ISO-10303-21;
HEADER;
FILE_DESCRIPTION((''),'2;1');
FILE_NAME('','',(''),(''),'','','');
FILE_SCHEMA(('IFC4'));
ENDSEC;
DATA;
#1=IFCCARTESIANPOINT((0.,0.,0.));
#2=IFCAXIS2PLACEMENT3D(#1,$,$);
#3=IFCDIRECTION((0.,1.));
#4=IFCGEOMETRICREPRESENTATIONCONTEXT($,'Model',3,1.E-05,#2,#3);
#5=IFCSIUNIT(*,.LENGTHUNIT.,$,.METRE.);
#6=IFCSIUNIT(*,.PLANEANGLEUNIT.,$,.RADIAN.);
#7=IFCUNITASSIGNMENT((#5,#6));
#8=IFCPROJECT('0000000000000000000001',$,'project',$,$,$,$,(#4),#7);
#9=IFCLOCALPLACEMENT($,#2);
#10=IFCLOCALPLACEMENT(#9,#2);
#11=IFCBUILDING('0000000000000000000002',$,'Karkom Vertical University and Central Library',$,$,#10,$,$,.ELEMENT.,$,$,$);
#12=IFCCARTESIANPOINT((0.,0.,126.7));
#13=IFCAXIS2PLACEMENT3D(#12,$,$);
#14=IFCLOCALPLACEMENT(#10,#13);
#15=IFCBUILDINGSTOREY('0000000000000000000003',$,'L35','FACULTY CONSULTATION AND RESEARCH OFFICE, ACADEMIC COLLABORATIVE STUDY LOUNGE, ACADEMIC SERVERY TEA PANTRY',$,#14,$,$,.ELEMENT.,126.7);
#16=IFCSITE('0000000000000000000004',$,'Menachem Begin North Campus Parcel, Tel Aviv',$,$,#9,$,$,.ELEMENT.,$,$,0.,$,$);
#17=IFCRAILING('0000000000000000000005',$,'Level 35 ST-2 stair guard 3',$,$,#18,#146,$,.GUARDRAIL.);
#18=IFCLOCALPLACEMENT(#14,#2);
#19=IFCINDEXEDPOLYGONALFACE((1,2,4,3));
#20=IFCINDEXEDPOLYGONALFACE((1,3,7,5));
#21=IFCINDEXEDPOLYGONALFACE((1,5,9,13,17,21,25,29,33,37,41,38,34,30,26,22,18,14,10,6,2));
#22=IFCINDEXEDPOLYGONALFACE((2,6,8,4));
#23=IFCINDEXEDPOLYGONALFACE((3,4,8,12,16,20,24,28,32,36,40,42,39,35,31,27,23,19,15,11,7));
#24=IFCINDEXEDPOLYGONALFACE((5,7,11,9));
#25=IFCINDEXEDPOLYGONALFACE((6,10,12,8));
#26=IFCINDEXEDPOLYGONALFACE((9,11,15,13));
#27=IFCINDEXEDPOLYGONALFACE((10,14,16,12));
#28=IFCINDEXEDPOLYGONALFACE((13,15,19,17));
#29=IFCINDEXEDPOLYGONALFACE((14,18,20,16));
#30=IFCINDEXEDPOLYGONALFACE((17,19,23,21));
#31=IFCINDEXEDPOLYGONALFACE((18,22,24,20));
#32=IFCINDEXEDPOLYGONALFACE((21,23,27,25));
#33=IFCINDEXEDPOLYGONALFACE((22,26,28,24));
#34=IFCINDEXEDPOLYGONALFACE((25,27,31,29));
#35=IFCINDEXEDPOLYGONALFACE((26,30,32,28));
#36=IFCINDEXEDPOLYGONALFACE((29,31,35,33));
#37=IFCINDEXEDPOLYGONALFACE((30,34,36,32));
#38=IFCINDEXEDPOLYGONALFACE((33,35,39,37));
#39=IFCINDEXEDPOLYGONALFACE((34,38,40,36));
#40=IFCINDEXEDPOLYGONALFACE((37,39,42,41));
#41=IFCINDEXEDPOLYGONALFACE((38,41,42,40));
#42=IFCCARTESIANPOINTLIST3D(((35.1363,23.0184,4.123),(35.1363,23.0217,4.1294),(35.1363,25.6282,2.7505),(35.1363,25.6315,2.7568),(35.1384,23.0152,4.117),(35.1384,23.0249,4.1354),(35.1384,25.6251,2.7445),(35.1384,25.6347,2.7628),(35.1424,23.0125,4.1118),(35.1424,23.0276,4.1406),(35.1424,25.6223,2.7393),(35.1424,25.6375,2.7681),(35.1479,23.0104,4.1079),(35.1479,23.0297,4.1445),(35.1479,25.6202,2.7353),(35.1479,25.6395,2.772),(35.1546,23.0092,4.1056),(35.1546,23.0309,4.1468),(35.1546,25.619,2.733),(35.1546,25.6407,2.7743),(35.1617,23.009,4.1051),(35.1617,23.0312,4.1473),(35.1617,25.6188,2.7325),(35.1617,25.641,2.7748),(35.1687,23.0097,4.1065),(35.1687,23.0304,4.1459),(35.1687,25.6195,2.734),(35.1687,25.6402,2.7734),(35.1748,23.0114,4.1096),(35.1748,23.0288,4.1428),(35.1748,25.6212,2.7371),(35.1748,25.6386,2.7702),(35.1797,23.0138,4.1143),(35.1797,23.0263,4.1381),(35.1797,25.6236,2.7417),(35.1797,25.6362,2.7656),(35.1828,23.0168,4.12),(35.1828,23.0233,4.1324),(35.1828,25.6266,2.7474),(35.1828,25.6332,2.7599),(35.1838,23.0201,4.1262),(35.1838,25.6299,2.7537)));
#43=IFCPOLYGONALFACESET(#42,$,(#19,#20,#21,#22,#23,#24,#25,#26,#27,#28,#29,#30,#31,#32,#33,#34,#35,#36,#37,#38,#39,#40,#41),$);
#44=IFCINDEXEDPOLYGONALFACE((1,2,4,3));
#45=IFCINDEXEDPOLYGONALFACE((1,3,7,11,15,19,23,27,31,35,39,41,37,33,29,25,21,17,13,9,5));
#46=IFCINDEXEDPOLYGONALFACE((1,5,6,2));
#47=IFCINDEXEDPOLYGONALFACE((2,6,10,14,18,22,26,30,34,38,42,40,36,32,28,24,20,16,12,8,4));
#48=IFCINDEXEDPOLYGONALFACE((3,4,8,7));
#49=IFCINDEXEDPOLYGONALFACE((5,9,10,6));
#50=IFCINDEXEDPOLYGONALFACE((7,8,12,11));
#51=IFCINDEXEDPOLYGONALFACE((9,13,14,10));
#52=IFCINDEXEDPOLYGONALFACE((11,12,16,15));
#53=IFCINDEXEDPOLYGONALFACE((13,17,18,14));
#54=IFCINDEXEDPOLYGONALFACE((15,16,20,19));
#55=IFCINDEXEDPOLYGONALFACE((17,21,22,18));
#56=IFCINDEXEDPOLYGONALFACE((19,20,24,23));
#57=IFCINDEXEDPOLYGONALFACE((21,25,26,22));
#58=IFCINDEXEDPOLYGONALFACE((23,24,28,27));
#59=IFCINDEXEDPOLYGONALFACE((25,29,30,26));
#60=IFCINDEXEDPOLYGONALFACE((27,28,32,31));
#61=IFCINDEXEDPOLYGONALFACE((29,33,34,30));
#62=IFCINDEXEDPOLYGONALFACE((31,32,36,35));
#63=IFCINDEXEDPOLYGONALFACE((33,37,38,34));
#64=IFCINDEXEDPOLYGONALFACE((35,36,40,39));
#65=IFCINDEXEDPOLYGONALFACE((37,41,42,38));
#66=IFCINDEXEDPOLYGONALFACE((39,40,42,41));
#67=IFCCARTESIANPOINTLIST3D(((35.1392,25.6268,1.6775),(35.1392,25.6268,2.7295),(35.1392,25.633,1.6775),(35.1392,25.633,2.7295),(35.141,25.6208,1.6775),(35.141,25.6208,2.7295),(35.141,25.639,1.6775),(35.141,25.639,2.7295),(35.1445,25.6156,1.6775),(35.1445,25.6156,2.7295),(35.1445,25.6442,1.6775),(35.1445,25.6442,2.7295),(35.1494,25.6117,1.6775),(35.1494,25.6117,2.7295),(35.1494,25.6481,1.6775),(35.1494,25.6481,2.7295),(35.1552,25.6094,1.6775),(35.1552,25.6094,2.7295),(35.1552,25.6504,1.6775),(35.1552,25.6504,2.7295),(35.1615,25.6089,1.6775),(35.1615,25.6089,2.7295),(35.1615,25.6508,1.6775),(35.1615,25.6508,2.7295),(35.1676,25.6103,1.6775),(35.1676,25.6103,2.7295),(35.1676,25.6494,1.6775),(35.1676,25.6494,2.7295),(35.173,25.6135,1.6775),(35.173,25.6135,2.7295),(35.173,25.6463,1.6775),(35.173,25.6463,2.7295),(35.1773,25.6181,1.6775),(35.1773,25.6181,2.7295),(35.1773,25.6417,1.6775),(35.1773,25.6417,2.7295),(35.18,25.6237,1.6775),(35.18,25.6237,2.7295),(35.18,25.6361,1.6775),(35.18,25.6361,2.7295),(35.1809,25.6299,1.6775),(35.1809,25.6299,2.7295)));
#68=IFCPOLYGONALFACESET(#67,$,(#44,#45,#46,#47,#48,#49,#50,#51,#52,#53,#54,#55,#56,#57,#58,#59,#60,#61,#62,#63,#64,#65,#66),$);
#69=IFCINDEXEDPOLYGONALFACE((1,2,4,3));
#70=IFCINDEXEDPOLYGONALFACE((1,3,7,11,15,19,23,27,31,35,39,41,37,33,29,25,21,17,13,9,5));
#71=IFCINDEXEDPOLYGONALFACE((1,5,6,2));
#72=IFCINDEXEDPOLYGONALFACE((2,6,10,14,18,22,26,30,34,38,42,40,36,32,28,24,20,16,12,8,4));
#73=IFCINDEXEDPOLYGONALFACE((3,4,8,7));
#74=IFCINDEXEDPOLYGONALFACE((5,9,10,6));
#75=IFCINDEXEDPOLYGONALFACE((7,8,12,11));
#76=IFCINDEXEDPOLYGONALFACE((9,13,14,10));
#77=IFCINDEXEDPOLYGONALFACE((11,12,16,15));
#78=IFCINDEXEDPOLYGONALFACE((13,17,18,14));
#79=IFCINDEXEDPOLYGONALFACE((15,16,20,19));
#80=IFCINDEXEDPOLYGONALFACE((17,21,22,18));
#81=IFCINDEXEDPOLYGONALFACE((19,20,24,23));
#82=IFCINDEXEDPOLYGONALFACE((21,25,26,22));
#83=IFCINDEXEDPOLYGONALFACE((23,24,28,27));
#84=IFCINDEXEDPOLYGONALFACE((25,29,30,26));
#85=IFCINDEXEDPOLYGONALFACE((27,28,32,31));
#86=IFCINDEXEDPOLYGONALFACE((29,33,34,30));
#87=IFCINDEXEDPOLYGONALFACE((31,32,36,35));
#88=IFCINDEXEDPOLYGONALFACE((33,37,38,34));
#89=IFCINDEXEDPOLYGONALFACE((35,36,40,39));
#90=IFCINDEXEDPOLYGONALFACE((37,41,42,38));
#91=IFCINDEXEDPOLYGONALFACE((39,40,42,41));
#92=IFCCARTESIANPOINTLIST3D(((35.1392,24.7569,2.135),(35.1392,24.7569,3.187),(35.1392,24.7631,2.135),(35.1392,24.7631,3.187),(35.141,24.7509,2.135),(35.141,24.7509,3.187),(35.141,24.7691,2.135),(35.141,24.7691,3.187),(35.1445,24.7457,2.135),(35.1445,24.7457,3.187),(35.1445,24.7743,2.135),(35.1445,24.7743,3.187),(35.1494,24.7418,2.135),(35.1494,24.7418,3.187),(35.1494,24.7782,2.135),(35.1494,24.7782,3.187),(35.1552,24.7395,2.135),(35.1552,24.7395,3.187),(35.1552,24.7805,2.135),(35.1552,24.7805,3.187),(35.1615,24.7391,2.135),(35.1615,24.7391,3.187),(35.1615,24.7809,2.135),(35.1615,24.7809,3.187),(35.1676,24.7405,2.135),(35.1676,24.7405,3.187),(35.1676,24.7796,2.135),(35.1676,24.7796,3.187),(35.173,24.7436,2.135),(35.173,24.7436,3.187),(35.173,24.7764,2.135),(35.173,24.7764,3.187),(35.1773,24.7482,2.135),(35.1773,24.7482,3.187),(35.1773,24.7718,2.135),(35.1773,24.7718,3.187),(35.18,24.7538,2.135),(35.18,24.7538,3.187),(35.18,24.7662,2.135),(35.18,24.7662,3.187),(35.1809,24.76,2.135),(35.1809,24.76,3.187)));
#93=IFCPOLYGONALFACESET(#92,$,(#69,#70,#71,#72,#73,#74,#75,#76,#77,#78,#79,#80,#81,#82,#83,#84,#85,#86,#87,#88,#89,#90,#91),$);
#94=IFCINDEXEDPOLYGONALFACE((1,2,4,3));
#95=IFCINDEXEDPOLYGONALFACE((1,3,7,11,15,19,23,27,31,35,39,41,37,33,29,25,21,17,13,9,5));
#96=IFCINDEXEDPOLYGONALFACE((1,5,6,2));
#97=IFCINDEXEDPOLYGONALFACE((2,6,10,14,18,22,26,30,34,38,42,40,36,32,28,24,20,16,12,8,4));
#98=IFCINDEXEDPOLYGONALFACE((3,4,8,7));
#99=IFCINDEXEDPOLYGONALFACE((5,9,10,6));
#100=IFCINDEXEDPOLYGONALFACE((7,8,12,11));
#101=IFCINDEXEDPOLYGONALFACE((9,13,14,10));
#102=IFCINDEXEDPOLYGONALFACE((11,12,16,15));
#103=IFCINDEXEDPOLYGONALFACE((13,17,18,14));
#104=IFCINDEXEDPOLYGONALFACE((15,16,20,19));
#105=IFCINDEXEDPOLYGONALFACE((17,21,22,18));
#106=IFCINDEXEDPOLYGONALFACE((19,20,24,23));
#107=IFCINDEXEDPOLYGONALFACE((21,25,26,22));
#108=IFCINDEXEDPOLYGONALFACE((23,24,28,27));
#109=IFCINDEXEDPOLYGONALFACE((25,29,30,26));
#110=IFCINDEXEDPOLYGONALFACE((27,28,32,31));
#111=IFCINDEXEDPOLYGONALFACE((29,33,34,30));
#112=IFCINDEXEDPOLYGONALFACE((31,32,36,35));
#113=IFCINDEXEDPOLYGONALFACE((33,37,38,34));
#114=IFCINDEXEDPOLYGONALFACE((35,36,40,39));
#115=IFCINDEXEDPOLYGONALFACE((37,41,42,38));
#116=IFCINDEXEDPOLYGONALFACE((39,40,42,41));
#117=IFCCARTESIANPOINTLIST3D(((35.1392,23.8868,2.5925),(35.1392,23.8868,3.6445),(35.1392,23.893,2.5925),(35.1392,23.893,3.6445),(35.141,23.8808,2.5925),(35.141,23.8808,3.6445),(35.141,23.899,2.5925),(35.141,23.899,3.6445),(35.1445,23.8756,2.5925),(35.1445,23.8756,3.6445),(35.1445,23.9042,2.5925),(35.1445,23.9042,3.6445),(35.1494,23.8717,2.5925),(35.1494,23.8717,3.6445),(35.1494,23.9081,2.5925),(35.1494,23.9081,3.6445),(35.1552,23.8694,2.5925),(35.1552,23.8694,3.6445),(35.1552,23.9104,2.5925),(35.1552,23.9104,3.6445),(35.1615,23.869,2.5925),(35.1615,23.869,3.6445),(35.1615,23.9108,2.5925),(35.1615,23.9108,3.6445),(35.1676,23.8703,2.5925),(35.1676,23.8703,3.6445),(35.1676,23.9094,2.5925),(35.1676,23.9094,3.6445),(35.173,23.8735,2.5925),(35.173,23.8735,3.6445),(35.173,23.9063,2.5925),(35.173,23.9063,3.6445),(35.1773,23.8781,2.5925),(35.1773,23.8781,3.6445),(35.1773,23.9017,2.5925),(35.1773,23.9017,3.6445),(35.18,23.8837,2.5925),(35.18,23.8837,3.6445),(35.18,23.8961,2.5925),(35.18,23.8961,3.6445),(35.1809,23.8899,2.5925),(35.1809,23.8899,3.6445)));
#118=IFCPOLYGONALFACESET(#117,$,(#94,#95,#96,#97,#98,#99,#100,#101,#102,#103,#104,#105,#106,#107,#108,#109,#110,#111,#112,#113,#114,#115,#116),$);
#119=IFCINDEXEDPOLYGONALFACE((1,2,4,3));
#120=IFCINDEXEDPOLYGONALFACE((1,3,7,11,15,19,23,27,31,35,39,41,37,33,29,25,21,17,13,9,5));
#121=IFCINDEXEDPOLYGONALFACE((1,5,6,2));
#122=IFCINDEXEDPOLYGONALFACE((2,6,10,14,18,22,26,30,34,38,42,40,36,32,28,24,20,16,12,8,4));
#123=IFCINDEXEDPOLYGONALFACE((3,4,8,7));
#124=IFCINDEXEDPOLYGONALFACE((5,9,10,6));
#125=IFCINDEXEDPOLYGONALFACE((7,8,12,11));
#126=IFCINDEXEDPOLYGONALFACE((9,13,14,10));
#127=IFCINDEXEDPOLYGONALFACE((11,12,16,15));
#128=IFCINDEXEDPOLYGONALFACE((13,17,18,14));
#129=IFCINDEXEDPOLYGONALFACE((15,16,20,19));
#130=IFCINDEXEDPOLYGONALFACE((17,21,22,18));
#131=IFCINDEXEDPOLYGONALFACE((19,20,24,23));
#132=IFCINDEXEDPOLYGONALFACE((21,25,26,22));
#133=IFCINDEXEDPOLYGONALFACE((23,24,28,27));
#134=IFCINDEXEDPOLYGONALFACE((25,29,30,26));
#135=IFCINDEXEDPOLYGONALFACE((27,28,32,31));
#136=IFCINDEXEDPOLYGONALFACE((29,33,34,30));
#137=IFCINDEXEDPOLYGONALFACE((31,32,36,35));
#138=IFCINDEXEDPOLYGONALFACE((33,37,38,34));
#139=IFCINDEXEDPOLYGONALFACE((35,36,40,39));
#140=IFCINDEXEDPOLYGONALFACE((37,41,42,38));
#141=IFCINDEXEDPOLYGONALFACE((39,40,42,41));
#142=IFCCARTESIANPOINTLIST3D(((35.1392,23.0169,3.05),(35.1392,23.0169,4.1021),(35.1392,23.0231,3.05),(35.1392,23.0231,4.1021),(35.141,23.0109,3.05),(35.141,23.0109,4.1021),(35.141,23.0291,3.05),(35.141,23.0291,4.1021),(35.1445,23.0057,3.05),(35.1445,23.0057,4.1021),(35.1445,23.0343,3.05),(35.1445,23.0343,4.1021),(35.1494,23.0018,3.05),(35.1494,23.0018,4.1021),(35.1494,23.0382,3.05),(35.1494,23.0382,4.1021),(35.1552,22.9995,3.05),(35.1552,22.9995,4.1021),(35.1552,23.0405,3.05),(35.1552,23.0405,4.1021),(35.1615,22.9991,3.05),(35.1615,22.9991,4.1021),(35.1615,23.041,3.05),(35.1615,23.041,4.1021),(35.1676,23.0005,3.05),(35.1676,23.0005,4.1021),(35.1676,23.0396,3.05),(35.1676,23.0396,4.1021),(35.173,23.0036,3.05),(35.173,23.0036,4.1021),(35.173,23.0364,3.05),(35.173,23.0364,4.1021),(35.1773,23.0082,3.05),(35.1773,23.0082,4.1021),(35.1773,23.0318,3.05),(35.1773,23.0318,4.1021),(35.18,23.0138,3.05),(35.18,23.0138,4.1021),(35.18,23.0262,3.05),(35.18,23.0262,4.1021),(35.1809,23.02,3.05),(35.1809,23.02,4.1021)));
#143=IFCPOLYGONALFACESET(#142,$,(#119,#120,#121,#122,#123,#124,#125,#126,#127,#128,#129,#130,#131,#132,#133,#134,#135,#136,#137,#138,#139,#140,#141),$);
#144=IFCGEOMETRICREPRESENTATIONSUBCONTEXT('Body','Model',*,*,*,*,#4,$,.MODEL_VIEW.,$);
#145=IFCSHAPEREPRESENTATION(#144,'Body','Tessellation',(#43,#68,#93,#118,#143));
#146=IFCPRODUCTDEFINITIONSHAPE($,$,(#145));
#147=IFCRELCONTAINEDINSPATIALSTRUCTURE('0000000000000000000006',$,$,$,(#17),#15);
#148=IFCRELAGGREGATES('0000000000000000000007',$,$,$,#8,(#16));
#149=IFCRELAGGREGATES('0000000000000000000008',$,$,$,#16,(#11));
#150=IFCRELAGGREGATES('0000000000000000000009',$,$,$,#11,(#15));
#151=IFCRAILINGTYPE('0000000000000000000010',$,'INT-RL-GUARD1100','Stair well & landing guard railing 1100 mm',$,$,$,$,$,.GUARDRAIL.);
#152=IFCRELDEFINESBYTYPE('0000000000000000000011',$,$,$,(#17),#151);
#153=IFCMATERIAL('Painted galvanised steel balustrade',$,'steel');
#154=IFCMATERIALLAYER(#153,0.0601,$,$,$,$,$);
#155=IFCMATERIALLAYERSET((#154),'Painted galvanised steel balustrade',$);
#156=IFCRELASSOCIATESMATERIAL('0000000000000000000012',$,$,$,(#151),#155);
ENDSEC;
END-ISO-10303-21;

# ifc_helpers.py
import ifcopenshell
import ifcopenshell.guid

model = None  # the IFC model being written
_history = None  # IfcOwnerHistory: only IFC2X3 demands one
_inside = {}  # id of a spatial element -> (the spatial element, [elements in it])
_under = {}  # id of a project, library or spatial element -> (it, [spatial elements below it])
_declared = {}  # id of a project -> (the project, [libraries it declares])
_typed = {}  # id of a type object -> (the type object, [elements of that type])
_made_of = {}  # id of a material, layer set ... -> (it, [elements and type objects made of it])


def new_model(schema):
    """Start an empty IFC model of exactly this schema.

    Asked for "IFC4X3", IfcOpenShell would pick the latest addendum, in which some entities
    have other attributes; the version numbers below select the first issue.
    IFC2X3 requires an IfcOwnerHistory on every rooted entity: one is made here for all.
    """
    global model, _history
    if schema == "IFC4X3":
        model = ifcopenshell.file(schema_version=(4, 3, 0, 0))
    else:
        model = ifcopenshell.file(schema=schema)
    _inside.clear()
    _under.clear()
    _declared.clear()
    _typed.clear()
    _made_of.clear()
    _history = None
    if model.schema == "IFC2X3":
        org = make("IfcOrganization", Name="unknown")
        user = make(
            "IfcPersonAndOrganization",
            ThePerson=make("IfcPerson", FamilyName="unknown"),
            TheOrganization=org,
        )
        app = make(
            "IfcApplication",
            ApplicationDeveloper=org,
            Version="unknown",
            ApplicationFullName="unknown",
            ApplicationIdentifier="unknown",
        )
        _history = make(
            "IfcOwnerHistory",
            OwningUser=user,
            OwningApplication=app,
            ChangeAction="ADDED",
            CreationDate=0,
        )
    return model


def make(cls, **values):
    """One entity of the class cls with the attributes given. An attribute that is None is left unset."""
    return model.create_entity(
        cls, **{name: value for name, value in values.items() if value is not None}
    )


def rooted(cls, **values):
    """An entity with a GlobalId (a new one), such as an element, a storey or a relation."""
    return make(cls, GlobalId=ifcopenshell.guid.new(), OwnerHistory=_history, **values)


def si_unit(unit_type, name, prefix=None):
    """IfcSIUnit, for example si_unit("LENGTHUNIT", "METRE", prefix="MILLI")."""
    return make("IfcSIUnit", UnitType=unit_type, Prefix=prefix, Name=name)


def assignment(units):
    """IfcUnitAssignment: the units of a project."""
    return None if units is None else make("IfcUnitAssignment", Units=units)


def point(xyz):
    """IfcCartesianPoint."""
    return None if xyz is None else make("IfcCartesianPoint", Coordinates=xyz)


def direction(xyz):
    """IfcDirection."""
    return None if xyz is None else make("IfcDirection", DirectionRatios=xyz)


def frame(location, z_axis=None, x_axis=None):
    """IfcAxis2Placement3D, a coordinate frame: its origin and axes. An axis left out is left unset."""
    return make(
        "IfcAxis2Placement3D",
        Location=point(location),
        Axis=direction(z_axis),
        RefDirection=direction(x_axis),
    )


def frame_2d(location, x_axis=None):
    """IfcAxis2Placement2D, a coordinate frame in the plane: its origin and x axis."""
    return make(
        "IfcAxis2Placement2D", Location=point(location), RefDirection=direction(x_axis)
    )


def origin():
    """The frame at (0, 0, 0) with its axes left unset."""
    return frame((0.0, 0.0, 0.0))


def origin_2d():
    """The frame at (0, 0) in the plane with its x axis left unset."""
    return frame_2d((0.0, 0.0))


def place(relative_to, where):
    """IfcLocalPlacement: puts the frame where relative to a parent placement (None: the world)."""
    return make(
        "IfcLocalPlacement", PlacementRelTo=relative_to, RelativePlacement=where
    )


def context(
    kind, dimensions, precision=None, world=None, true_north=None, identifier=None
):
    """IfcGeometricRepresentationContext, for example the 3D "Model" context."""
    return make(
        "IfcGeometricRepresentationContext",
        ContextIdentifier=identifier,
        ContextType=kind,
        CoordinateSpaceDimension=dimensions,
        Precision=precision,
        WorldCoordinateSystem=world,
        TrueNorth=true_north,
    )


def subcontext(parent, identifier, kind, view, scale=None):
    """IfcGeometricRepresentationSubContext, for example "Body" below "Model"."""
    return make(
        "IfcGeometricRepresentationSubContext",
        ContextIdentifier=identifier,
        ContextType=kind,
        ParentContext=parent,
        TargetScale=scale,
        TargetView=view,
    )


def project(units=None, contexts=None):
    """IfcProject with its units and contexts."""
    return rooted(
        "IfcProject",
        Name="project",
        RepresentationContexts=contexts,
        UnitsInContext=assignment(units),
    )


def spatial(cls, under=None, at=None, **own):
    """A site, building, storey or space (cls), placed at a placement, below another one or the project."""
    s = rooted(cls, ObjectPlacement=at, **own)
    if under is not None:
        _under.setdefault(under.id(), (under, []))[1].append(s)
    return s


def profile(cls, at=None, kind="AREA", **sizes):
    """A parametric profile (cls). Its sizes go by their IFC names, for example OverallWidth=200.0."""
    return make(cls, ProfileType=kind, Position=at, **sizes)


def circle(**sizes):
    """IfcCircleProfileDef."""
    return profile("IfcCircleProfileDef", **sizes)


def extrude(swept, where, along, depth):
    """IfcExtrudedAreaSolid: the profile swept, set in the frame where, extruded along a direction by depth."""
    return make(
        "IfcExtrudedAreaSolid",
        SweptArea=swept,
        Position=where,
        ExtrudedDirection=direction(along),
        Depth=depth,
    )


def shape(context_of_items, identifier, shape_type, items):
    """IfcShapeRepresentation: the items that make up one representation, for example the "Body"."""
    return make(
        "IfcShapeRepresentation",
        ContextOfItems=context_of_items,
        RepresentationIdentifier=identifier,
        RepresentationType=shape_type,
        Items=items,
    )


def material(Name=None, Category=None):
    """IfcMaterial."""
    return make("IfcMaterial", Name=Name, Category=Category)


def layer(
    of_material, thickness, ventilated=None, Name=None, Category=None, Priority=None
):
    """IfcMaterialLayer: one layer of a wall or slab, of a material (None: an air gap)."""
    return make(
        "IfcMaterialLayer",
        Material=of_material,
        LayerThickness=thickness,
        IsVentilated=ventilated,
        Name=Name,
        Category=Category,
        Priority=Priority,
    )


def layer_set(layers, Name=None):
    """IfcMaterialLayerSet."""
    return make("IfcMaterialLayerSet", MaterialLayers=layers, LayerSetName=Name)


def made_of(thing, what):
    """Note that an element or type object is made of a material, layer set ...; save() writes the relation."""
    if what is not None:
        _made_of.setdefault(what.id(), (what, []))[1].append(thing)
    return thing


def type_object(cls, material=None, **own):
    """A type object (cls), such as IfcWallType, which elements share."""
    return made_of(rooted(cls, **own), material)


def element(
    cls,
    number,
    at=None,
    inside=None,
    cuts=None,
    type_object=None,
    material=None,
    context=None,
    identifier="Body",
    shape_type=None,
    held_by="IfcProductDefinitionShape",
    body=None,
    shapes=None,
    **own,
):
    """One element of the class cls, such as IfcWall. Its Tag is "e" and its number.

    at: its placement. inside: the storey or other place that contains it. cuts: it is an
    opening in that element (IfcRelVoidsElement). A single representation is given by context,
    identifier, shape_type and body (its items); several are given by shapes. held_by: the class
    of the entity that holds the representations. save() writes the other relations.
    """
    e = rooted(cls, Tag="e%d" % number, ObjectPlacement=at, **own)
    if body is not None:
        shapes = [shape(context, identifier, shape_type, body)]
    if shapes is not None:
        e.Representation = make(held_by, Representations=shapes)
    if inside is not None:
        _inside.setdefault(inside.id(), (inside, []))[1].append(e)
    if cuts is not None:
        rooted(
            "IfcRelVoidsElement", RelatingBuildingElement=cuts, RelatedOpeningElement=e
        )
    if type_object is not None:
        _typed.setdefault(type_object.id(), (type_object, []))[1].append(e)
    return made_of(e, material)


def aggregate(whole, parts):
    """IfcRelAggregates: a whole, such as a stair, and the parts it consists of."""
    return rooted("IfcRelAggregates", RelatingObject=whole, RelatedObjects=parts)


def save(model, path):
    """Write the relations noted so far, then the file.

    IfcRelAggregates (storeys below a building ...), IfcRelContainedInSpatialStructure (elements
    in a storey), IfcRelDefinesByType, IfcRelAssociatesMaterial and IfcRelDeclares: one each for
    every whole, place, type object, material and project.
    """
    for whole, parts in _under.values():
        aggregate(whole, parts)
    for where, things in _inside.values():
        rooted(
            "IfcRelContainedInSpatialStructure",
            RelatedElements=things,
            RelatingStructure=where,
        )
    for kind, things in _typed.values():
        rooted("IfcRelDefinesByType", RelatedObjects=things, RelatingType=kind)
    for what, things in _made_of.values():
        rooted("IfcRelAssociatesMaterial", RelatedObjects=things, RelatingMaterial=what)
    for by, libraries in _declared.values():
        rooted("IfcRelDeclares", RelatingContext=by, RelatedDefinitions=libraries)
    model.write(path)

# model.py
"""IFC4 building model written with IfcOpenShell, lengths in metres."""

from ifc_helpers import new_model, si_unit, direction, frame, origin, origin_2d, place, context, subcontext, project, spatial, circle, extrude, material, layer, layer_set, type_object, element, save


model = new_model("IFC4")

# Units and contexts
model_context = context("Model", 3, precision=1e-05, world=origin(), true_north=direction((0.0, 1.0)))
body_context = subcontext(model_context, "Body", "Model", "MODEL_VIEW")
ifc_project = project(units=[si_unit("LENGTHUNIT", "METRE"), si_unit("PLANEANGLEUNIT", "RADIAN")], contexts=[model_context])

# Site, building, storey
site_placement = place(None, origin())
site = spatial("IfcSite", under=ifc_project, at=site_placement, Name="Menachem Begin North Campus Parcel, Tel Aviv", CompositionType="ELEMENT", RefElevation=0.0)
building_placement = place(site_placement, origin())
building = spatial("IfcBuilding", under=site, at=building_placement, Name="Karkom Vertical University and Central Library", CompositionType="ELEMENT")
storey_placement = place(building_placement, frame((0.0, 0.0, 126.7)))
storey = spatial("IfcBuildingStorey", under=building, at=storey_placement, Name="L35", Description="FACULTY CONSULTATION AND RESEARCH OFFICE, ACADEMIC COLLABORATIVE STUDY LOUNGE, ACADEMIC SERVERY TEA PANTRY", CompositionType="ELEMENT", Elevation=126.7)

# Railing
ifc_material_1 = material(Name="Painted galvanised steel balustrade", Category="steel")
ifc_layer_1 = layer(ifc_material_1, 0.0601)
ifc_layer_set_1 = layer_set([ifc_layer_1], Name="Painted galvanised steel balustrade")
railing_type_1 = type_object("IfcRailingType", Name="INT-RL-GUARD1100", Description="Stair well & landing guard railing 1100 mm", PredefinedType="GUARDRAIL", material=ifc_layer_set_1)
railing_1_placement = place(storey_placement, frame((35.1599, 25.6299, 1.6775)))
element("IfcRailing", 1, at=railing_1_placement, inside=storey, type_object=railing_type_1, Name="Level 35 ST-2 stair guard 3", PredefinedType="GUARDRAIL", context=body_context, shape_type="SweptSolid", body=[
    extrude(circle(Radius=0.0239, at=origin_2d()), frame((0.0, 0.0, 1.0762), z_axis=(0.0, -0.885065, 0.465467), x_axis=(1.0, 0.0, 0.0)), (0.0, 0.0, 1.0), 2.9487),
    extrude(circle(Radius=0.021, at=origin_2d()), origin(), (0.0, 0.0, 1.0), 1.052),
    extrude(circle(Radius=0.021, at=origin_2d()), frame((0.0, -0.8699, 0.4575)), (0.0, 0.0, 1.0), 1.052),
    extrude(circle(Radius=0.021, at=origin_2d()), frame((0.0, -1.74, 0.915)), (0.0, 0.0, 1.0), 1.052),
    extrude(circle(Radius=0.021, at=origin_2d()), frame((0.0, -2.6099, 1.3726)), (0.0, 0.0, 1.0), 1.052),
])

save(model, "model.ifc")
